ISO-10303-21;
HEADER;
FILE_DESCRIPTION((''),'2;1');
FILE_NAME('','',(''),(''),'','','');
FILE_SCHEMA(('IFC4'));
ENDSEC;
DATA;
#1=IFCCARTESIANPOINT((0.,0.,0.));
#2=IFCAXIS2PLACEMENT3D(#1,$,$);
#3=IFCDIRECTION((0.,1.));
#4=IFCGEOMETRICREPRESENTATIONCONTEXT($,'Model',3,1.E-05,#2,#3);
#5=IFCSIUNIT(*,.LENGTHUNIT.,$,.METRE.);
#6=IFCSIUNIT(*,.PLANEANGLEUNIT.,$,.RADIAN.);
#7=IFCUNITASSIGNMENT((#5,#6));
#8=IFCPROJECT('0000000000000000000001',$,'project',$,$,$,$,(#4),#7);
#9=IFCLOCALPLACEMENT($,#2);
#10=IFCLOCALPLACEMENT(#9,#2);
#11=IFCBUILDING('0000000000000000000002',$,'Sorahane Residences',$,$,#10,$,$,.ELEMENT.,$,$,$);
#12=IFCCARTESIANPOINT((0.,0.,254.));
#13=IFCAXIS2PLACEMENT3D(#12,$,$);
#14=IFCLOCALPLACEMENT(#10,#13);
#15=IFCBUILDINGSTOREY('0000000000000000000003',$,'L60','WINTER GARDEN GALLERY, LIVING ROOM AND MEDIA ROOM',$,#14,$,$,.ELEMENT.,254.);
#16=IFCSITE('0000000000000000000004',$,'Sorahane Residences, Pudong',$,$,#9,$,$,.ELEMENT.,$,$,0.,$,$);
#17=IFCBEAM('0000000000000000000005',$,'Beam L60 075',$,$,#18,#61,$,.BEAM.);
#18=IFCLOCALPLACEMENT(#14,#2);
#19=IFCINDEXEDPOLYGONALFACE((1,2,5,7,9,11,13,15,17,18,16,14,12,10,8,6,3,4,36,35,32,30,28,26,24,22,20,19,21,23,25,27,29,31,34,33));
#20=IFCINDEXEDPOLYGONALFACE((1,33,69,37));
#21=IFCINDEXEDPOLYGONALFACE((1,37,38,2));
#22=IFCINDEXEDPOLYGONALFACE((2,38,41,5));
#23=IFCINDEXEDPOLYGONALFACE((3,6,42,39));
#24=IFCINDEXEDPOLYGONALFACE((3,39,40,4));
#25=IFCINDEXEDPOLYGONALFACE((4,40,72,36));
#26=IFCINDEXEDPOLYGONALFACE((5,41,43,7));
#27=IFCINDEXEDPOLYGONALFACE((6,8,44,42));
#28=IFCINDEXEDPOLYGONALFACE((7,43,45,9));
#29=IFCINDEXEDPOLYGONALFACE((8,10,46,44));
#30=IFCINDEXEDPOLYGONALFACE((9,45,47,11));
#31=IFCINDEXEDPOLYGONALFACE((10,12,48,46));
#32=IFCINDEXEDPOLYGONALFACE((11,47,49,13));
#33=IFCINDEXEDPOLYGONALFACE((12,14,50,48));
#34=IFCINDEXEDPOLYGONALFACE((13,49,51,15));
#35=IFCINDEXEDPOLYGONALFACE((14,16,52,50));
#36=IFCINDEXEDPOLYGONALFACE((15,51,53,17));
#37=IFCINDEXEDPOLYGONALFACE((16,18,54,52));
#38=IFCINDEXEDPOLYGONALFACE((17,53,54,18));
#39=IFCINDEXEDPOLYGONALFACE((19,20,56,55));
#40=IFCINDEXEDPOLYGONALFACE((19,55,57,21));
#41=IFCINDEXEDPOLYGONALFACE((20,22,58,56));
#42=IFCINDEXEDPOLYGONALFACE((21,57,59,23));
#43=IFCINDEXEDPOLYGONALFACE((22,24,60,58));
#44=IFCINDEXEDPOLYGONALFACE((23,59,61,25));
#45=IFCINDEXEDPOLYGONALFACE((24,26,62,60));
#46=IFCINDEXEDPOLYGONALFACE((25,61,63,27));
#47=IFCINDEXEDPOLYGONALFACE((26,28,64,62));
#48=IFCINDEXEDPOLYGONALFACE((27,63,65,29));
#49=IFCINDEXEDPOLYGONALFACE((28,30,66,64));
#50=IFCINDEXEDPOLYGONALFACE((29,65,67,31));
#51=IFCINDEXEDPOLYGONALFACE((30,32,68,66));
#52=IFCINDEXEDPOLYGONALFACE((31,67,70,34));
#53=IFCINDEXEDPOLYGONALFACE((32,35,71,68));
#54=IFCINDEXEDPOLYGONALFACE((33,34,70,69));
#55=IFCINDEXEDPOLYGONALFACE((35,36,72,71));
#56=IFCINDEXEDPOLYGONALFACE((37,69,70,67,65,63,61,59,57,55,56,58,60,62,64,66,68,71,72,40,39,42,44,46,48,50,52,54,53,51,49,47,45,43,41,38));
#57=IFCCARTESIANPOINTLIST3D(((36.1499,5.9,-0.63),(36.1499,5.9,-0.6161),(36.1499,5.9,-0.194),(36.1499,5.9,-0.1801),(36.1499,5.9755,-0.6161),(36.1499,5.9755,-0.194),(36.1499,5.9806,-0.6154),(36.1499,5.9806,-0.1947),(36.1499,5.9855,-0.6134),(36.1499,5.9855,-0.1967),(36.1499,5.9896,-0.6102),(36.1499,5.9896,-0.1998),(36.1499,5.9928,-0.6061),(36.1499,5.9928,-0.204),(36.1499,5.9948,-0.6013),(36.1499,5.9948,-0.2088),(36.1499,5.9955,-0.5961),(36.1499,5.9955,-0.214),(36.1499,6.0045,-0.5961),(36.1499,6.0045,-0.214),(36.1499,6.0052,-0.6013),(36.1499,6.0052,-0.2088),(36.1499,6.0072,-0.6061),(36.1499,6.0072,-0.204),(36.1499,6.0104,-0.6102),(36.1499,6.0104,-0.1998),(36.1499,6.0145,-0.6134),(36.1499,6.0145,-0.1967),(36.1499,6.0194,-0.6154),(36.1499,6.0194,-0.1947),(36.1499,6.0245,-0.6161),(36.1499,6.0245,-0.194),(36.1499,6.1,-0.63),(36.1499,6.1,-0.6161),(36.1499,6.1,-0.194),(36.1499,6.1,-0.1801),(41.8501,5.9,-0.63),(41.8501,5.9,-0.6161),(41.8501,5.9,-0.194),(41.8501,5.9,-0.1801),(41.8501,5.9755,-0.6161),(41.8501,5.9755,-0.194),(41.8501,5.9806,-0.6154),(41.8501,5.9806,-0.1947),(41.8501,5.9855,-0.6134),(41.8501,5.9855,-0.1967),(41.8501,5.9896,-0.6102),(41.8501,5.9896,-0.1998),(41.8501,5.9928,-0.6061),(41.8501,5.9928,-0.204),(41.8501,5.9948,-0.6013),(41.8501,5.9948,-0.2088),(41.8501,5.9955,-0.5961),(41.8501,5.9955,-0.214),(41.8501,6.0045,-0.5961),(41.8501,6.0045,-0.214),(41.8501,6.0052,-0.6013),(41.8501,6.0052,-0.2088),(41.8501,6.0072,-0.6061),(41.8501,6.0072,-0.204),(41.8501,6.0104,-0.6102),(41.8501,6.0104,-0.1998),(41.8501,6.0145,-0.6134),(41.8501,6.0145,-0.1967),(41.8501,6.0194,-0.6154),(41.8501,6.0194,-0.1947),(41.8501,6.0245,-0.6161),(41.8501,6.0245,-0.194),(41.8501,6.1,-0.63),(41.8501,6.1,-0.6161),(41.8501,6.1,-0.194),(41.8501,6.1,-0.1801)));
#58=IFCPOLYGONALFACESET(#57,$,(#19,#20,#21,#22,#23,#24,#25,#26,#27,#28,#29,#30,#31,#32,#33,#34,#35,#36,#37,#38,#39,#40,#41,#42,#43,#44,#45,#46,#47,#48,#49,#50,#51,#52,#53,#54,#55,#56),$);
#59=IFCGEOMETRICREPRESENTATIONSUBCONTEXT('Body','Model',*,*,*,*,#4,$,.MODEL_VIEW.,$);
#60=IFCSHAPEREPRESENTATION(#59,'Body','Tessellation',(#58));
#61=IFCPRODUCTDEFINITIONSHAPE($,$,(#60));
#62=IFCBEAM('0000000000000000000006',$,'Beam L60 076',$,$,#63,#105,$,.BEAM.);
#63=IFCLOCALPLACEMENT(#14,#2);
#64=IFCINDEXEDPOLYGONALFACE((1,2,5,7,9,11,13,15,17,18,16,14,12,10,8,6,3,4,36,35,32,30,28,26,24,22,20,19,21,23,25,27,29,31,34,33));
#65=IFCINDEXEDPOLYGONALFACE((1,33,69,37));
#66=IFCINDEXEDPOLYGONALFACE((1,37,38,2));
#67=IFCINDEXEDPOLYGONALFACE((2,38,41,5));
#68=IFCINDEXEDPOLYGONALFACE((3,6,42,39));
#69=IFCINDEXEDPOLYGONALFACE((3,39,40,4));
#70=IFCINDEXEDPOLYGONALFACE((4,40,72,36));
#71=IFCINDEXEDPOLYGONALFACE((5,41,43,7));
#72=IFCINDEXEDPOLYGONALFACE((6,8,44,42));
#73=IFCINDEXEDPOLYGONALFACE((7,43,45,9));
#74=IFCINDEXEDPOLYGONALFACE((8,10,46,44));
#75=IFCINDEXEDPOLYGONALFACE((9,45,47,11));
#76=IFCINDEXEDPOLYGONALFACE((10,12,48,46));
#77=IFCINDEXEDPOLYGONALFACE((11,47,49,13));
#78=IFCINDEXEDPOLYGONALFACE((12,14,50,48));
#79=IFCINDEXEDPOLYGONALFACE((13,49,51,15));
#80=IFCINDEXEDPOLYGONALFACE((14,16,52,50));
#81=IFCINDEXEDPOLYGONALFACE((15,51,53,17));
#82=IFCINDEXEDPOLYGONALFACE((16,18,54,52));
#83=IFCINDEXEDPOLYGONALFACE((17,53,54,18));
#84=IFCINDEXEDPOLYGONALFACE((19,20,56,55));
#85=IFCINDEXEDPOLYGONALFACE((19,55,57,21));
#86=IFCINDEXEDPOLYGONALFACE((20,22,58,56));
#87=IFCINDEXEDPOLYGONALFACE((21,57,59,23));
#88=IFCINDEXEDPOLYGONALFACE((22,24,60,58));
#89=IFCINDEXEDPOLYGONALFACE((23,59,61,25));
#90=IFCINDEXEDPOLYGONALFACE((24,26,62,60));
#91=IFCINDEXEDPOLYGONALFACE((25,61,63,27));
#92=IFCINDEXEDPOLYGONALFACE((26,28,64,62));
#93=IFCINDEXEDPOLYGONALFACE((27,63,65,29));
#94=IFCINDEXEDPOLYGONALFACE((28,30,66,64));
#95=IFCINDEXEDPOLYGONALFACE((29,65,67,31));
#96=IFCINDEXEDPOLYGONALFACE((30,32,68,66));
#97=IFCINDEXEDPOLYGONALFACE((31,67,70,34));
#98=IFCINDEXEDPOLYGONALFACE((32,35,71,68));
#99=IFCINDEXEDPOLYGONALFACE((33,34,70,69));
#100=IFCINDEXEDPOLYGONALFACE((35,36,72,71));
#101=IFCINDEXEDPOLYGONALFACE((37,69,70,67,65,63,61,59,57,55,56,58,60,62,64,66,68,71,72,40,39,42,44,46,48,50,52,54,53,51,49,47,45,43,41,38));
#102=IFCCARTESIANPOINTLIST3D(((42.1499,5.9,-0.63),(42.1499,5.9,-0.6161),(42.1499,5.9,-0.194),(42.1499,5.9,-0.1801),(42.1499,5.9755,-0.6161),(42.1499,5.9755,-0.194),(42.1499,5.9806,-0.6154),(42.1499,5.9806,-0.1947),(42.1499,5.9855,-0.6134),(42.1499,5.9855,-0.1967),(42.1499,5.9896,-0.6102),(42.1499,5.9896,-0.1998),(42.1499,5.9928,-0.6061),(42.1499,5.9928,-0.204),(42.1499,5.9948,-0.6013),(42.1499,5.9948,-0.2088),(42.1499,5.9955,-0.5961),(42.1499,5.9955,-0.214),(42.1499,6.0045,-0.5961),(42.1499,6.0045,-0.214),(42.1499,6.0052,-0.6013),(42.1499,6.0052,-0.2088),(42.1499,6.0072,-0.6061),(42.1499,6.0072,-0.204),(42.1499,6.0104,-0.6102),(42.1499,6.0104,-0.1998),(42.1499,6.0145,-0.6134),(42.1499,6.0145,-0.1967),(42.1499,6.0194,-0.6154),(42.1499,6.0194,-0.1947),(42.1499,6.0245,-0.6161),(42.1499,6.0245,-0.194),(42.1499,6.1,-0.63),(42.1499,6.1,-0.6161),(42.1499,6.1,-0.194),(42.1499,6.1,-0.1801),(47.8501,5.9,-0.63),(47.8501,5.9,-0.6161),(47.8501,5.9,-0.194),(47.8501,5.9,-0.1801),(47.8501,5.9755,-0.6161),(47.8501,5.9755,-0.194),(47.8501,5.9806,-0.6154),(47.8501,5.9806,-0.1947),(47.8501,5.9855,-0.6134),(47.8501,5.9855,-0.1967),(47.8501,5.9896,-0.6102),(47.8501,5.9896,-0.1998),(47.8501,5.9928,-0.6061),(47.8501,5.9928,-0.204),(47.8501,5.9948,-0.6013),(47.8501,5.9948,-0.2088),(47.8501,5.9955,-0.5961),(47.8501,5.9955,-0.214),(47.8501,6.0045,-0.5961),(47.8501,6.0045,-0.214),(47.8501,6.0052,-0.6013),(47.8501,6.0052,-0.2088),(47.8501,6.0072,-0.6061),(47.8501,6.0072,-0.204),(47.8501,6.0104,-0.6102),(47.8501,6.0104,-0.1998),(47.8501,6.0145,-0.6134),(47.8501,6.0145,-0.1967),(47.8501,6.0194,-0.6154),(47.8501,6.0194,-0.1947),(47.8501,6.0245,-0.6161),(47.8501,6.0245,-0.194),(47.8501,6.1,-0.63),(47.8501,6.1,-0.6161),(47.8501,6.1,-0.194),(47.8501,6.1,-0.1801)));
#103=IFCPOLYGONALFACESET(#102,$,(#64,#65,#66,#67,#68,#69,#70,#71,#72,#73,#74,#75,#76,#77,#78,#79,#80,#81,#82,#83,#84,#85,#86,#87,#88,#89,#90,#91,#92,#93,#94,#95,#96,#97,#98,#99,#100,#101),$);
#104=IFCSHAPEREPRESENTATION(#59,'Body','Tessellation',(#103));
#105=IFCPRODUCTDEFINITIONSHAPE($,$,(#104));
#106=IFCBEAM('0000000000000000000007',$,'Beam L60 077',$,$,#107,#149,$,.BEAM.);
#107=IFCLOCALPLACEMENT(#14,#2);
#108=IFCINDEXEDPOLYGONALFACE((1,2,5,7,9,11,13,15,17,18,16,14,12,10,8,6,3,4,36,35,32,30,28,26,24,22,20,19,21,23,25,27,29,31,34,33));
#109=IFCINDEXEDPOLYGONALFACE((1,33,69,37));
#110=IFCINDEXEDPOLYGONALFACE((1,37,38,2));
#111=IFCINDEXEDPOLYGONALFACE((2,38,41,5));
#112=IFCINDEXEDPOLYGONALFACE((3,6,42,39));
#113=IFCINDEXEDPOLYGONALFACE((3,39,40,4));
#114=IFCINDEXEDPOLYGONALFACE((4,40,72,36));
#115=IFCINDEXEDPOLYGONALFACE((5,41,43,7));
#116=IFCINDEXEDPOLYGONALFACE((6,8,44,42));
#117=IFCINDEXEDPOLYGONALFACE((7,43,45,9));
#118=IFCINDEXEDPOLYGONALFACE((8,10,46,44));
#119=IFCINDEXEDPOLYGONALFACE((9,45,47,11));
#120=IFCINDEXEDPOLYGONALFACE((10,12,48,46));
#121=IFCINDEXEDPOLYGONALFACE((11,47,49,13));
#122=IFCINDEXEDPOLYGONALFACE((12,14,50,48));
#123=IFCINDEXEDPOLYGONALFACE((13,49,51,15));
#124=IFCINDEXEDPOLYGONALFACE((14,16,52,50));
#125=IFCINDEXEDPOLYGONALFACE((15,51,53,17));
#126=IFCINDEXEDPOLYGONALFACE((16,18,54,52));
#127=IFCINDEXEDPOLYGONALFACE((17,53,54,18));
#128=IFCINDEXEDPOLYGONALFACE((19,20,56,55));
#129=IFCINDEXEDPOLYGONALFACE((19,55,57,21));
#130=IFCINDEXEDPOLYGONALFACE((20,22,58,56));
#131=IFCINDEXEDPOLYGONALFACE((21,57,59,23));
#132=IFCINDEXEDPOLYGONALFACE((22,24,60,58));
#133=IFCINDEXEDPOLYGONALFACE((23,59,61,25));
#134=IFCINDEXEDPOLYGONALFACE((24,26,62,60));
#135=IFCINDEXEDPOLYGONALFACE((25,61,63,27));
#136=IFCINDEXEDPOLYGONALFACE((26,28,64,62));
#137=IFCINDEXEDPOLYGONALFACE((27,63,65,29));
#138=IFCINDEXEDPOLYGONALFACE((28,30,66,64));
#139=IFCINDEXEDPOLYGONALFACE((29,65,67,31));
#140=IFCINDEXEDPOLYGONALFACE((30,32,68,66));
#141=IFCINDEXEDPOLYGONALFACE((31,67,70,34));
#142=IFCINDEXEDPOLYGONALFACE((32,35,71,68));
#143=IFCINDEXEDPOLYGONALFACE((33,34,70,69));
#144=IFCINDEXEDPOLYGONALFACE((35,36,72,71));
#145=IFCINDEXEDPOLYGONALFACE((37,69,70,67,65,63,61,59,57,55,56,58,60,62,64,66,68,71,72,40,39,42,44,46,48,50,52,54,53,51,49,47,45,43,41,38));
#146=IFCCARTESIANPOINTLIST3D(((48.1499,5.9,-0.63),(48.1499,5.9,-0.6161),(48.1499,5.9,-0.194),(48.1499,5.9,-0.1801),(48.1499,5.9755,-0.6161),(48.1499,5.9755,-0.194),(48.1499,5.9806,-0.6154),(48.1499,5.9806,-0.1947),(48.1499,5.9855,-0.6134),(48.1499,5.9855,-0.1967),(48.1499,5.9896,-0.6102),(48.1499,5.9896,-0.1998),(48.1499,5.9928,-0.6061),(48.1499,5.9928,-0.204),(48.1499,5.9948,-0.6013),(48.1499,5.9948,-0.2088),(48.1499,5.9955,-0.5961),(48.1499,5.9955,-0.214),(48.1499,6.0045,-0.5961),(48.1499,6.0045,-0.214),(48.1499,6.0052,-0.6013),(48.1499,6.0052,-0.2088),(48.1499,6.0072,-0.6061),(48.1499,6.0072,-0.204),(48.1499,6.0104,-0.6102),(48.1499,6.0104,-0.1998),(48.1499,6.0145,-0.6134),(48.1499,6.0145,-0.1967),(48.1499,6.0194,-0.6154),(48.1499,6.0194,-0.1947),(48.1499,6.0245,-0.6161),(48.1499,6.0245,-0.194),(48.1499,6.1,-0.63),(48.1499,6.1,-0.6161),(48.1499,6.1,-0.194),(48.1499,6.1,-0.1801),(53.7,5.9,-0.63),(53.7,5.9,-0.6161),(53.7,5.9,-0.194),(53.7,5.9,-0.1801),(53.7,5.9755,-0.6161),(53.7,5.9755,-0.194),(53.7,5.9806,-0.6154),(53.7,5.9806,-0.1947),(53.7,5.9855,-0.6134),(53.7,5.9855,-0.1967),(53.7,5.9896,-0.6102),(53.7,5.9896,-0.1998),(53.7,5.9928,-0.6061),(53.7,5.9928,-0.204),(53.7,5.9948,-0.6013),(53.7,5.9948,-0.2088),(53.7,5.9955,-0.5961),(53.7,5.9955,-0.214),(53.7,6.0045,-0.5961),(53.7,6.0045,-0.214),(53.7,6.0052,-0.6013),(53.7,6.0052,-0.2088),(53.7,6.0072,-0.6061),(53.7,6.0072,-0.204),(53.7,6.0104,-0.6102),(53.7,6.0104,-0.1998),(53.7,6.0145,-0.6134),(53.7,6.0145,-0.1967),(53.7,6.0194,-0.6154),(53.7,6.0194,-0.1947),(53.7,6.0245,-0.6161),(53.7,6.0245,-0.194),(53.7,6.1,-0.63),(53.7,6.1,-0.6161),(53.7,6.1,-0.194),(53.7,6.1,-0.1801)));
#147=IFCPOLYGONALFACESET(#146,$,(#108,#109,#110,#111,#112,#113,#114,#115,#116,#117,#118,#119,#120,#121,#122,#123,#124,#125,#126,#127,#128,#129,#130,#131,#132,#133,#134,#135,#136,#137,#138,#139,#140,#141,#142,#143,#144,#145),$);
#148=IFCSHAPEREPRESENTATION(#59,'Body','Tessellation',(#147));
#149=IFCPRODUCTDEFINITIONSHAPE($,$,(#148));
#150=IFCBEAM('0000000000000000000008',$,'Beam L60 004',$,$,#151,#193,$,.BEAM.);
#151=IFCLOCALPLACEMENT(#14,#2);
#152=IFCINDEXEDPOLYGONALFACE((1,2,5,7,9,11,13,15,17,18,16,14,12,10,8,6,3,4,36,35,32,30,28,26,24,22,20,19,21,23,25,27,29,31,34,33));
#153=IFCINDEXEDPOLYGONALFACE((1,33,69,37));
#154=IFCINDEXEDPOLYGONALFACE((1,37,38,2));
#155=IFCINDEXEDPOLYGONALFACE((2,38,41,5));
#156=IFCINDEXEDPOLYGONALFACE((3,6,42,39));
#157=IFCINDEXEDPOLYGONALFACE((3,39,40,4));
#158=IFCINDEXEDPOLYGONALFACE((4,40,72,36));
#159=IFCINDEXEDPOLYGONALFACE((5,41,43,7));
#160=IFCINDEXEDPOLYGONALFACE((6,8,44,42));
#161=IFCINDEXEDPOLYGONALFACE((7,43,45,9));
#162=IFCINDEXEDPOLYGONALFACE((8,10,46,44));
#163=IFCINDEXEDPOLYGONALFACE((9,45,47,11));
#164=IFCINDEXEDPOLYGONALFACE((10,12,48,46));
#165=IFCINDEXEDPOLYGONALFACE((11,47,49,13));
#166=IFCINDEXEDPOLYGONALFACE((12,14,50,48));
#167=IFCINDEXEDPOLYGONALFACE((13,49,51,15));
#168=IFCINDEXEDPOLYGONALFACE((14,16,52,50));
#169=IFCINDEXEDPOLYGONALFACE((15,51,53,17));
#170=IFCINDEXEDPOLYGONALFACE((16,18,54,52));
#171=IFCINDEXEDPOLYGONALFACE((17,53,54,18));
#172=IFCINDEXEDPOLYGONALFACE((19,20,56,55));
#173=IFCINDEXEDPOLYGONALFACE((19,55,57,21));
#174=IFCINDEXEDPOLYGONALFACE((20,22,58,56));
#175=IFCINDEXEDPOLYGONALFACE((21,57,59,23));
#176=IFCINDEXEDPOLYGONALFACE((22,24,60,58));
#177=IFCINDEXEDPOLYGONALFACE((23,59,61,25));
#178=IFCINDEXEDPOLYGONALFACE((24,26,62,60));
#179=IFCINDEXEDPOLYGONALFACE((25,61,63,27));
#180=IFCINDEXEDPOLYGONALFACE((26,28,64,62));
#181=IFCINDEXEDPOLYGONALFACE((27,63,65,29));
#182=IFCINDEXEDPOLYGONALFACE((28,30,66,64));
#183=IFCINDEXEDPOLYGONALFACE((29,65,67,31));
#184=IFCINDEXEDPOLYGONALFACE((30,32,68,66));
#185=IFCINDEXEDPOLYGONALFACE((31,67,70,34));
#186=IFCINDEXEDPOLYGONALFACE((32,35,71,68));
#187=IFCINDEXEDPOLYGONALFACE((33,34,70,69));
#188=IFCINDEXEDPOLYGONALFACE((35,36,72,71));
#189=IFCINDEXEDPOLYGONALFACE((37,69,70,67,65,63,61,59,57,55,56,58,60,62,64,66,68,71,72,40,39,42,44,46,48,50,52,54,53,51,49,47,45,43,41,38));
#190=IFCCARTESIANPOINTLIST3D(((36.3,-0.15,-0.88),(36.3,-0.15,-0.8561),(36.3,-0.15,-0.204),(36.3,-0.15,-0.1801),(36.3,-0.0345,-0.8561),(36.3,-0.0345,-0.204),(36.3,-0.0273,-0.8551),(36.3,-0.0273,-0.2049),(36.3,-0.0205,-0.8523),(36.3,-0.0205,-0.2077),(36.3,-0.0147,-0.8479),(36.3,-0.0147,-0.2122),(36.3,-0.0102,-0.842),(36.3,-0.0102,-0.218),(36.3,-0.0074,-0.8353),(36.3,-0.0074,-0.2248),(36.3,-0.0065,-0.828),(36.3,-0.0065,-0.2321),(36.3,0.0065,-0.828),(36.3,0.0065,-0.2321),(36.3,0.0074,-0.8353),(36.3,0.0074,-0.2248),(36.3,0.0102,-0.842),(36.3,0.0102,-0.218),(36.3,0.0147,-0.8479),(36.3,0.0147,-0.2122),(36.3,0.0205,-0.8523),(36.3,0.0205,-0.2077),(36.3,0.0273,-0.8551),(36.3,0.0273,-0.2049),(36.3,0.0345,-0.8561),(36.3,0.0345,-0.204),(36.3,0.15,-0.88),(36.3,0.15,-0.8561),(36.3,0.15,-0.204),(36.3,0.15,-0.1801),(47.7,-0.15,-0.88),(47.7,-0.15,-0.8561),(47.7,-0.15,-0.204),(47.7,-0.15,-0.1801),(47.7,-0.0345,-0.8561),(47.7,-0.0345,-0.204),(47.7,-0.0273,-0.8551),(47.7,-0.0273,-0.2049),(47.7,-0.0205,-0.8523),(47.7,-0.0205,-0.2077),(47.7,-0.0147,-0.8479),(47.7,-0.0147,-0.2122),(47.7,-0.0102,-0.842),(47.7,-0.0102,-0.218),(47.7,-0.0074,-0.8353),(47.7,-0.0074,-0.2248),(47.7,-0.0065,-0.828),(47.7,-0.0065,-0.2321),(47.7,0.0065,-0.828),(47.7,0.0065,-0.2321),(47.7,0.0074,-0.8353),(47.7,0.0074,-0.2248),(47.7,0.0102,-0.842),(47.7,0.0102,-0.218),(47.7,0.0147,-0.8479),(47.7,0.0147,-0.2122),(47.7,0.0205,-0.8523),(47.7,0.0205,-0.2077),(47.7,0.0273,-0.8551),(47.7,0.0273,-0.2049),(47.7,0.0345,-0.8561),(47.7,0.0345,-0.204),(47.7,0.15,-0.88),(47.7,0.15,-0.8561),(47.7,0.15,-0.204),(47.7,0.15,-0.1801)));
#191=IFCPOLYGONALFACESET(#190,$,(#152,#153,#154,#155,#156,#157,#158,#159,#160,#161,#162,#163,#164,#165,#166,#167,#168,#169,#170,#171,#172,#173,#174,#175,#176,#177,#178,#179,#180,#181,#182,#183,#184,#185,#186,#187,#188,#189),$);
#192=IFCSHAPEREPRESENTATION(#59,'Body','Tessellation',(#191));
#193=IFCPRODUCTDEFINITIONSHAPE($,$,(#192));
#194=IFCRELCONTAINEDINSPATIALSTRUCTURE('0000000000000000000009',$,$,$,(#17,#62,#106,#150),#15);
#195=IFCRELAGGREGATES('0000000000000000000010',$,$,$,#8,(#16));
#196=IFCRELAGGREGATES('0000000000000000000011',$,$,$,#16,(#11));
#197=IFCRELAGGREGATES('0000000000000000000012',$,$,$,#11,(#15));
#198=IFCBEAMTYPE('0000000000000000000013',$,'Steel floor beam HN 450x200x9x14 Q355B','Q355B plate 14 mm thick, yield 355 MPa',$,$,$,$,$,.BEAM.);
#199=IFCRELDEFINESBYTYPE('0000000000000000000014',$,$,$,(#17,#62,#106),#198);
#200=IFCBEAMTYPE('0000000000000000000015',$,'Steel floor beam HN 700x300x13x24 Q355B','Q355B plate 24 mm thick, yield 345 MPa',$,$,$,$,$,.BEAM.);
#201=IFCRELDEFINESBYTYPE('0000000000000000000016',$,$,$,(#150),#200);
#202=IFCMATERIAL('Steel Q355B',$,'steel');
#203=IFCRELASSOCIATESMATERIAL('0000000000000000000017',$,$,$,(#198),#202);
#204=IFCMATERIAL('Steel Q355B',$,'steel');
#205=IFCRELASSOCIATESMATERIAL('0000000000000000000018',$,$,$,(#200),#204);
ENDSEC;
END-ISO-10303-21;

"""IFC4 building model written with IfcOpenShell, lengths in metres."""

from ifc_helpers import new_model, si_unit, direction, frame, origin, origin_2d, place, context, subcontext, project, spatial, i_section, extrude, material, material_profile, profile_set, type_object, element, save


model = new_model("IFC4")

# Units and contexts
model_context = context("Model", 3, precision=1e-05, world=origin(), true_north=direction((0.0, 1.0)))
body_context = subcontext(model_context, "Body", "Model", "MODEL_VIEW")
ifc_project = project(units=[si_unit("LENGTHUNIT", "METRE"), si_unit("PLANEANGLEUNIT", "RADIAN")], contexts=[model_context])

# Site, building, storey
site_placement = place(None, origin())
site = spatial("IfcSite", under=ifc_project, at=site_placement, Name="Sorahane Residences, Pudong", CompositionType="ELEMENT", RefElevation=0.0)
building_placement = place(site_placement, origin())
building = spatial("IfcBuilding", under=site, at=building_placement, Name="Sorahane Residences", CompositionType="ELEMENT")
storey_placement = place(building_placement, frame((0.0, 0.0, 254.0)))
storey = spatial("IfcBuildingStorey", under=building, at=storey_placement, Name="L60", Description="WINTER GARDEN GALLERY, LIVING ROOM AND MEDIA ROOM", CompositionType="ELEMENT", Elevation=254.0)

# Beams
ifc_material_1 = material(Name="Steel Q355B", Category="steel")
ifc_material_profile_1 = material_profile(ifc_material_1, i_section(OverallWidth=0.2, OverallDepth=0.45, WebThickness=0.009, FlangeThickness=0.0139, FilletRadius=0.02, at=origin_2d()), Name="HN 450x200x9x14")
ifc_profile_set_1 = profile_set([ifc_material_profile_1], Name="Steel Q355B")
beam_type_1 = type_object("IfcBeamType", Name="Steel floor beam HN 450x200x9x14 Q355B", Description="Q355B plate 14 mm thick, yield 355 MPa", PredefinedType="BEAM", material=ifc_profile_set_1)
for number, where, z_axis, x_axis, name in (
    (1, (36.1499, 6.0, -0.405), (1.0, 0.0, 0.0), (0.0, 1.0, 0.0), "Beam L60 075"),
    (2, (42.1499, 6.0, -0.405), (1.0, 0.0, 0.0), (0.0, 1.0, 0.0), "Beam L60 076"),
):
    element("IfcBeam", number, at=place(storey_placement, frame(where, z_axis=z_axis, x_axis=x_axis)), inside=storey, type_object=beam_type_1, Name=name, PredefinedType="BEAM", context=body_context, shape_type="SweptSolid", body=[
        extrude(i_section(OverallWidth=0.2, OverallDepth=0.45, WebThickness=0.009, FlangeThickness=0.0139, FilletRadius=0.02, at=origin_2d()), origin(), (0.0, 0.0, 1.0), 5.7002),
    ])
beam_1_placement = place(storey_placement, frame((48.1499, 6.0, -0.405), z_axis=(1.0, 0.0, 0.0), x_axis=(0.0, 1.0, 0.0)))
element("IfcBeam", 3, at=beam_1_placement, inside=storey, type_object=beam_type_1, Name="Beam L60 077", PredefinedType="BEAM", context=body_context, shape_type="SweptSolid", body=[
    extrude(i_section(OverallWidth=0.2, OverallDepth=0.45, WebThickness=0.009, FlangeThickness=0.0139, FilletRadius=0.02, at=origin_2d()), origin(), (0.0, 0.0, 1.0), 5.55),
])
ifc_material_2 = material(Name="Steel Q355B", Category="steel")
ifc_material_profile_2 = material_profile(ifc_material_2, i_section(OverallWidth=0.3, OverallDepth=0.7, WebThickness=0.0129, FlangeThickness=0.0239, FilletRadius=0.0281, at=origin_2d()), Name="HN 700x300x13x24")
ifc_profile_set_2 = profile_set([ifc_material_profile_2], Name="Steel Q355B")
beam_type_2 = type_object("IfcBeamType", Name="Steel floor beam HN 700x300x13x24 Q355B", Description="Q355B plate 24 mm thick, yield 345 MPa", PredefinedType="BEAM", material=ifc_profile_set_2)
beam_2_placement = place(storey_placement, frame((36.3, 0.0, -0.53), z_axis=(1.0, 0.0, 0.0), x_axis=(0.0, 1.0, 0.0)))
element("IfcBeam", 4, at=beam_2_placement, inside=storey, type_object=beam_type_2, Name="Beam L60 004", PredefinedType="BEAM", context=body_context, shape_type="SweptSolid", body=[
    extrude(i_section(OverallWidth=0.3, OverallDepth=0.7, WebThickness=0.0129, FlangeThickness=0.0239, FilletRadius=0.0281, at=origin_2d()), origin(), (0.0, 0.0, 1.0), 11.3999),
])

save(model, "model.ifc")
